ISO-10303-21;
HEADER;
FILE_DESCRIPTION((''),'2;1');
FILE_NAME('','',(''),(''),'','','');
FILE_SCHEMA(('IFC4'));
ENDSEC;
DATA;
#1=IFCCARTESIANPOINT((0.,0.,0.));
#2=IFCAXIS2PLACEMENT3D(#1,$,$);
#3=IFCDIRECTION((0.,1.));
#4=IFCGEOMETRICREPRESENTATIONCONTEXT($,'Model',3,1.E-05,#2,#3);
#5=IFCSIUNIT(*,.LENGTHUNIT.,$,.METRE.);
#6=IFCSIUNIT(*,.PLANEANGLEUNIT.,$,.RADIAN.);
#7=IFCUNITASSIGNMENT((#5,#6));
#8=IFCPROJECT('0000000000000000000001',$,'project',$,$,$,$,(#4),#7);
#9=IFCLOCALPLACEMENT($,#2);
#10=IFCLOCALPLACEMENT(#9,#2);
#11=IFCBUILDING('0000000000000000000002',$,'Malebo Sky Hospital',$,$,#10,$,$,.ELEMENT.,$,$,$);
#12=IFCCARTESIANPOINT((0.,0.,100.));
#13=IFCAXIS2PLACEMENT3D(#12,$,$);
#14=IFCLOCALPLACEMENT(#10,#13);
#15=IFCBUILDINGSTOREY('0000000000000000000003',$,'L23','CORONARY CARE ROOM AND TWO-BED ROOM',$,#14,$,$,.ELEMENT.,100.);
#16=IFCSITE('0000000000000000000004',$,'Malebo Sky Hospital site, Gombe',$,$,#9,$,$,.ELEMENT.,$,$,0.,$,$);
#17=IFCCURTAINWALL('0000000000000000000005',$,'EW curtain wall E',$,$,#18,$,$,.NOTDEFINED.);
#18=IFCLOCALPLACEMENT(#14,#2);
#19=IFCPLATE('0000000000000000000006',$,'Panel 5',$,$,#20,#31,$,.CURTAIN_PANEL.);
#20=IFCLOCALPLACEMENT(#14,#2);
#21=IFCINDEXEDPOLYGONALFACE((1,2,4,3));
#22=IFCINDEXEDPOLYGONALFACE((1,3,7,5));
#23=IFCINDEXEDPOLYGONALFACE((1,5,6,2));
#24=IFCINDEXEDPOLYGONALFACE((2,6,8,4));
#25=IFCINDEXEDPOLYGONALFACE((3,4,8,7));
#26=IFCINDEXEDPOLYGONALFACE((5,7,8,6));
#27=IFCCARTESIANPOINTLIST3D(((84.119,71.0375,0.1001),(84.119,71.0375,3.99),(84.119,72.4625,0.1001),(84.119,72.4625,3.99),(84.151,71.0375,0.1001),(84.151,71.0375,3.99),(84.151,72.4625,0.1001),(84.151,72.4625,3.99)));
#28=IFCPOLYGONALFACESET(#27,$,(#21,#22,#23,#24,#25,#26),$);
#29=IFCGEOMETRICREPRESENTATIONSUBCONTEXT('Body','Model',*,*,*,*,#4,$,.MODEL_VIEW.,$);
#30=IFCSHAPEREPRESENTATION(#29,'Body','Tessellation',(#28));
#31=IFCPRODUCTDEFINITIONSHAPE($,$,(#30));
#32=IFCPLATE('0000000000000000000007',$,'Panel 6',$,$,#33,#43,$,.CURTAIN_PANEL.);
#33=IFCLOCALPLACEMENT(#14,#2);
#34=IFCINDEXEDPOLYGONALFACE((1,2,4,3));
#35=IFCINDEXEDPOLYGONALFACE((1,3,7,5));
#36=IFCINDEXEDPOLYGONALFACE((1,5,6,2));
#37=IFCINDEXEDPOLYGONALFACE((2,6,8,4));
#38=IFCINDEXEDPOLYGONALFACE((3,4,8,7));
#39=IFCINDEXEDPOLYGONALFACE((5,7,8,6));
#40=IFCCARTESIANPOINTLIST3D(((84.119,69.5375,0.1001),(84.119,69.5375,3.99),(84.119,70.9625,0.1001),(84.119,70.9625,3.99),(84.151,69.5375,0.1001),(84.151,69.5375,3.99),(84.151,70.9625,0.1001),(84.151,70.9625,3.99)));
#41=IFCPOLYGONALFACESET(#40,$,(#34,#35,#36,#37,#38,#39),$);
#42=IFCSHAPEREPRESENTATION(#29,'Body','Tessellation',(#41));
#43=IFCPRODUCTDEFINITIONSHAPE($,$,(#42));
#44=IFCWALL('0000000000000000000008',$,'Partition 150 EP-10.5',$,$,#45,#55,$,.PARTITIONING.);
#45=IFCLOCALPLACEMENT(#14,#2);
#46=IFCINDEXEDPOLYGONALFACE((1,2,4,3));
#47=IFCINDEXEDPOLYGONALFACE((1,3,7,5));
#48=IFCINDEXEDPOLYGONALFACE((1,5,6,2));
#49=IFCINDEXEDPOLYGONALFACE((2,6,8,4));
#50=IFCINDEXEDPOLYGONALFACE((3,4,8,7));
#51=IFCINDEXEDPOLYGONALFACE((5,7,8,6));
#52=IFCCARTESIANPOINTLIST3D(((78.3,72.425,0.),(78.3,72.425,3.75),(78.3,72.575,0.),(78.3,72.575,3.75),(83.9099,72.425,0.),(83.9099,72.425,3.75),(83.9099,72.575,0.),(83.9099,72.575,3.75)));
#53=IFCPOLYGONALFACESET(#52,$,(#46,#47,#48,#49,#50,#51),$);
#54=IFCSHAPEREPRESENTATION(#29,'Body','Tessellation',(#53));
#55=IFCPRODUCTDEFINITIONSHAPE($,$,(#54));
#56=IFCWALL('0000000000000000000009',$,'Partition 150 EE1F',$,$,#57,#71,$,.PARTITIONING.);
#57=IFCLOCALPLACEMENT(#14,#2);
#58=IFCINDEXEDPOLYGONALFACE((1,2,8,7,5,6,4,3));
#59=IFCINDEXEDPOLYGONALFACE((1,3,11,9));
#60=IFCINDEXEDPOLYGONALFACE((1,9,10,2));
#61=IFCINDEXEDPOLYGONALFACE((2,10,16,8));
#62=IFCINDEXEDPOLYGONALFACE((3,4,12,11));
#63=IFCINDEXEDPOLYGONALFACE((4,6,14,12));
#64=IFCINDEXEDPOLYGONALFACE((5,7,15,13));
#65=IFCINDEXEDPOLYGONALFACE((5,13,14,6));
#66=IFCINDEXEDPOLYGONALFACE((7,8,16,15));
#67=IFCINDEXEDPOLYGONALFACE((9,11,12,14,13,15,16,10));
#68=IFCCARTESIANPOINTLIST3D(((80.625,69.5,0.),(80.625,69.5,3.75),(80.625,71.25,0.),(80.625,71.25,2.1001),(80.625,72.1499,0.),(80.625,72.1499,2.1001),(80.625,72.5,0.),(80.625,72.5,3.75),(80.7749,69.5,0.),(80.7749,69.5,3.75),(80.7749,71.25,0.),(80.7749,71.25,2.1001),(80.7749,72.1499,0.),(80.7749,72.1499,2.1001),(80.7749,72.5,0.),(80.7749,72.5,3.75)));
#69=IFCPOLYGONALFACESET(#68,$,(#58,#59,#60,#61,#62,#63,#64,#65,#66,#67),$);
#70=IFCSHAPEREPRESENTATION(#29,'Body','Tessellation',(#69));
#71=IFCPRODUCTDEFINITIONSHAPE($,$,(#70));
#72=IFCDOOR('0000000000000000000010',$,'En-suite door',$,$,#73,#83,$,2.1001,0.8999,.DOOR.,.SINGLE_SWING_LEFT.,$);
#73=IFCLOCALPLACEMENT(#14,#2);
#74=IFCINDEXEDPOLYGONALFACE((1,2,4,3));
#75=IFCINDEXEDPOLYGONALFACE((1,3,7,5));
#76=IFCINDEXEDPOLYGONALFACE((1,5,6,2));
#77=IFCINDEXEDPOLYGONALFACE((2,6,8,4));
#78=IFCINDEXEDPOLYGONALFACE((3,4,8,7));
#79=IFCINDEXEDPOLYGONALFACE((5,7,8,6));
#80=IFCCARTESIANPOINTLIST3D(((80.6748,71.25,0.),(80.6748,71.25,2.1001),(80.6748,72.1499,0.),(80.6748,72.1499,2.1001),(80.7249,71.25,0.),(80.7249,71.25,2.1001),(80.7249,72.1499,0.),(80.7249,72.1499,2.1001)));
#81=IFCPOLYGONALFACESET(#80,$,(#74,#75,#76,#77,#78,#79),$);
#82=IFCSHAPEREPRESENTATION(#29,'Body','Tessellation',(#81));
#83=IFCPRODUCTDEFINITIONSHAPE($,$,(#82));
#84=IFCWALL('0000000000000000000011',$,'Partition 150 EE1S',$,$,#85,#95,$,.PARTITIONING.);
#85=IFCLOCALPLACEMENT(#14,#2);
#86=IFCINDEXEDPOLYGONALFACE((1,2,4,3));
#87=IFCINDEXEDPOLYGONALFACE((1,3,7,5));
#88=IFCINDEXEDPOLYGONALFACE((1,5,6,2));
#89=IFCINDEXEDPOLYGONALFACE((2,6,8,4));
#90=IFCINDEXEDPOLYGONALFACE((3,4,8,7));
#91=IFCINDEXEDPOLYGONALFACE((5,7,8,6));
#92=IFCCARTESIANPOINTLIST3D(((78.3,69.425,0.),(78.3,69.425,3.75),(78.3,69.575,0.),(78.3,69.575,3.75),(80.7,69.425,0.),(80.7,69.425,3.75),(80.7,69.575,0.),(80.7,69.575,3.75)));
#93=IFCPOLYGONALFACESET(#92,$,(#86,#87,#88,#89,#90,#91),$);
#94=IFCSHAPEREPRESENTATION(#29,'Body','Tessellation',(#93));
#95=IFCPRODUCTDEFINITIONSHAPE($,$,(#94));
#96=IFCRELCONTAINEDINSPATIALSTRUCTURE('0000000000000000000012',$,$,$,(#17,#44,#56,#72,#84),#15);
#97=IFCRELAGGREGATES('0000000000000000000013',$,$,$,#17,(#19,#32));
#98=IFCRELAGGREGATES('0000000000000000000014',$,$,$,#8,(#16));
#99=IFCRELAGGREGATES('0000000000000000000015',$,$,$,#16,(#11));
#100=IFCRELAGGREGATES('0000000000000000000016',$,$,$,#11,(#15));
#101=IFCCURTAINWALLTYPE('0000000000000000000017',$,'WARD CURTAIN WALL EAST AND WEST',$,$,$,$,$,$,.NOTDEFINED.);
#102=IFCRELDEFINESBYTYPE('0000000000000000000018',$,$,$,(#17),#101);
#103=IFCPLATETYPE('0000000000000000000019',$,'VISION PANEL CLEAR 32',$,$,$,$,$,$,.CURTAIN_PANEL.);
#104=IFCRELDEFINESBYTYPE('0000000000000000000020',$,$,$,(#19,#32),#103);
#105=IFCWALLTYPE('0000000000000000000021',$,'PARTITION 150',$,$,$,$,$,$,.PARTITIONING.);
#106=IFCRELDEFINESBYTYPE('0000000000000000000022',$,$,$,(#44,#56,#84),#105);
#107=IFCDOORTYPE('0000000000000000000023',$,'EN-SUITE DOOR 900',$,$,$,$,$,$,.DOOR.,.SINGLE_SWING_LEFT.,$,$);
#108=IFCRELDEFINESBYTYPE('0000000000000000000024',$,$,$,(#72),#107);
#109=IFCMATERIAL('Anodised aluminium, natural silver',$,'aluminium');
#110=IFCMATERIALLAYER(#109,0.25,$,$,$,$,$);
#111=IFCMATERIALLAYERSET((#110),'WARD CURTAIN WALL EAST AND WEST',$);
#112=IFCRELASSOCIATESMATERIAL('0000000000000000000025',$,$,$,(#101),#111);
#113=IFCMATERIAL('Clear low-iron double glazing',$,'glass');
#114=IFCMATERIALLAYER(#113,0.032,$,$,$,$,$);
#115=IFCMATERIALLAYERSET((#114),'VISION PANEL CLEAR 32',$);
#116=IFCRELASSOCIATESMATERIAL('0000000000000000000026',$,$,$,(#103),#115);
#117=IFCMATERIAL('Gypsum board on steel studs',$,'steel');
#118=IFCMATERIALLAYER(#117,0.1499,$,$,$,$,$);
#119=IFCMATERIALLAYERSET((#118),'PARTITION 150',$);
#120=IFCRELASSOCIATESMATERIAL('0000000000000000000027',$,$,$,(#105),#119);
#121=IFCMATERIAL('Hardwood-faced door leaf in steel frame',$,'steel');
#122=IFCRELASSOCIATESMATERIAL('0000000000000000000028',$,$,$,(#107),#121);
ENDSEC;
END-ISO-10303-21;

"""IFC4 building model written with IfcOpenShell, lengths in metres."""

from ifc_helpers import new_model, si_unit, direction, frame, frame_2d, origin, origin_2d, place, context, subcontext, project, spatial, rectangle, extrude, material, layer, layer_set, type_object, element, fill, aggregate, save


model = new_model("IFC4")

# Units and contexts
model_context = context("Model", 3, precision=1e-05, world=origin(), true_north=direction((0.0, 1.0)))
body_context = subcontext(model_context, "Body", "Model", "MODEL_VIEW")
ifc_project = project(units=[si_unit("LENGTHUNIT", "METRE"), si_unit("PLANEANGLEUNIT", "RADIAN")], contexts=[model_context])

# Site, building, storey
site_placement = place(None, origin())
site = spatial("IfcSite", under=ifc_project, at=site_placement, Name="Malebo Sky Hospital site, Gombe", CompositionType="ELEMENT", RefElevation=0.0)
building_placement = place(site_placement, origin())
building = spatial("IfcBuilding", under=site, at=building_placement, Name="Malebo Sky Hospital", CompositionType="ELEMENT")
storey_placement = place(building_placement, frame((0.0, 0.0, 100.0)))
storey = spatial("IfcBuildingStorey", under=building, at=storey_placement, Name="L23", Description="CORONARY CARE ROOM AND TWO-BED ROOM", CompositionType="ELEMENT", Elevation=100.0)

# Curtain wall
ifc_material_1 = material(Name="Anodised aluminium, natural silver", Category="aluminium")
ifc_layer_1 = layer(ifc_material_1, 0.25)
ifc_layer_set_1 = layer_set([ifc_layer_1], Name="WARD CURTAIN WALL EAST AND WEST")
curtain_wall_type = type_object("IfcCurtainWallType", Name="WARD CURTAIN WALL EAST AND WEST", PredefinedType="NOTDEFINED", material=ifc_layer_set_1)
curtain_wall_placement = place(storey_placement, origin())
curtain_wall = element("IfcCurtainWall", 1, at=curtain_wall_placement, inside=storey, type_object=curtain_wall_type, Name="EW curtain wall E", PredefinedType="NOTDEFINED")

# Plates
ifc_material_2 = material(Name="Clear low-iron double glazing", Category="glass")
ifc_layer_2 = layer(ifc_material_2, 0.032)
ifc_layer_set_2 = layer_set([ifc_layer_2], Name="VISION PANEL CLEAR 32")
plate_type = type_object("IfcPlateType", Name="VISION PANEL CLEAR 32", PredefinedType="CURTAIN_PANEL", material=ifc_layer_set_2)
plate_1_placement = place(storey_placement, frame((84.135, 71.75, 0.1001), z_axis=(0.0, 0.0, 1.0), x_axis=(0.0, -1.0, 0.0)))
plate_1 = element("IfcPlate", 2, at=plate_1_placement, type_object=plate_type, Name="Panel 5", PredefinedType="CURTAIN_PANEL", context=body_context, shape_type="SweptSolid", body=[
    extrude(rectangle(XDim=1.425, YDim=0.032, at=origin_2d()), origin(), (0.0, 0.0, 1.0), 3.8899),
])
plate_2_placement = place(storey_placement, frame((84.135, 70.25, 0.1001), z_axis=(0.0, 0.0, 1.0), x_axis=(0.0, -1.0, 0.0)))
plate_2 = element("IfcPlate", 3, at=plate_2_placement, type_object=plate_type, Name="Panel 6", PredefinedType="CURTAIN_PANEL", context=body_context, shape_type="SweptSolid", body=[
    extrude(rectangle(XDim=1.425, YDim=0.032, at=origin_2d()), origin(), (0.0, 0.0, 1.0), 3.8899),
])
aggregate(curtain_wall, [plate_1, plate_2])

# Wall
ifc_material_3 = material(Name="Gypsum board on steel studs", Category="steel")
ifc_layer_3 = layer(ifc_material_3, 0.1499)
ifc_layer_set_3 = layer_set([ifc_layer_3], Name="PARTITION 150")
wall_type = type_object("IfcWallType", Name="PARTITION 150", PredefinedType="PARTITIONING", material=ifc_layer_set_3)
wall_1_placement = place(storey_placement, frame((78.3, 72.5, 0.0), z_axis=(0.0, 0.0, 1.0), x_axis=(1.0, 0.0, 0.0)))
element("IfcWall", 4, at=wall_1_placement, inside=storey, type_object=wall_type, Name="Partition 150 EP-10.5", PredefinedType="PARTITIONING", context=body_context, shape_type="SweptSolid", body=[
    extrude(rectangle(XDim=5.6099, YDim=0.1499, at=frame_2d((2.8049, 0.0))), origin(), (0.0, 0.0, 1.0), 3.75),
])

# Wall, opening, door
wall_2_placement = place(storey_placement, frame((80.7, 72.5, 0.0), z_axis=(0.0, 0.0, 1.0), x_axis=(0.0, -1.0, 0.0)))
wall_2 = element("IfcWall", 5, at=wall_2_placement, inside=storey, type_object=wall_type, Name="Partition 150 EE1F", PredefinedType="PARTITIONING", context=body_context, shape_type="SweptSolid", body=[
    extrude(rectangle(XDim=3.0, YDim=0.1499, at=frame_2d((1.5, 0.0))), origin(), (0.0, 0.0, 1.0), 3.75),
])
opening_placement = place(wall_2_placement, frame((0.3501, 0.0, 0.0)))
opening = element("IfcOpeningElement", 6, at=opening_placement, cuts=wall_2, PredefinedType="OPENING", context=body_context, shape_type="SweptSolid", body=[
    extrude(rectangle(XDim=0.8999, YDim=2.1001, at=frame_2d((0.45, 1.05))), frame((0.0, 0.085, 0.0), z_axis=(0.0, -1.0, 0.0), x_axis=(1.0, 0.0, 0.0)), (0.0, 0.0, 1.0), 0.1699),
])
ifc_material_4 = material(Name="Hardwood-faced door leaf in steel frame", Category="steel")
door_type = type_object("IfcDoorType", Name="EN-SUITE DOOR 900", OperationType="SINGLE_SWING_LEFT", PredefinedType="DOOR", material=ifc_material_4)
door_placement = place(opening_placement, origin())
door = element("IfcDoor", 7, at=door_placement, inside=storey, type_object=door_type, Name="En-suite door", OperationType="SINGLE_SWING_LEFT", OverallHeight=2.1001, OverallWidth=0.8999, PredefinedType="DOOR", context=body_context, shape_type="SweptSolid", body=[
    extrude(rectangle(XDim=0.8999, YDim=2.1001, at=frame_2d((0.45, 1.05))), frame((0.0, 0.0249, 0.0), z_axis=(0.0, -1.0, 0.0), x_axis=(1.0, 0.0, 0.0)), (0.0, 0.0, 1.0), 0.05),
])
fill(opening, door)

# Wall
wall_3_placement = place(storey_placement, frame((78.3, 69.5, 0.0), z_axis=(0.0, 0.0, 1.0), x_axis=(1.0, 0.0, 0.0)))
element("IfcWall", 8, at=wall_3_placement, inside=storey, type_object=wall_type, Name="Partition 150 EE1S", PredefinedType="PARTITIONING", context=body_context, shape_type="SweptSolid", body=[
    extrude(rectangle(XDim=2.3999, YDim=0.1499, at=frame_2d((1.2, 0.0))), origin(), (0.0, 0.0, 1.0), 3.75),
])

save(model, "model.ifc")
